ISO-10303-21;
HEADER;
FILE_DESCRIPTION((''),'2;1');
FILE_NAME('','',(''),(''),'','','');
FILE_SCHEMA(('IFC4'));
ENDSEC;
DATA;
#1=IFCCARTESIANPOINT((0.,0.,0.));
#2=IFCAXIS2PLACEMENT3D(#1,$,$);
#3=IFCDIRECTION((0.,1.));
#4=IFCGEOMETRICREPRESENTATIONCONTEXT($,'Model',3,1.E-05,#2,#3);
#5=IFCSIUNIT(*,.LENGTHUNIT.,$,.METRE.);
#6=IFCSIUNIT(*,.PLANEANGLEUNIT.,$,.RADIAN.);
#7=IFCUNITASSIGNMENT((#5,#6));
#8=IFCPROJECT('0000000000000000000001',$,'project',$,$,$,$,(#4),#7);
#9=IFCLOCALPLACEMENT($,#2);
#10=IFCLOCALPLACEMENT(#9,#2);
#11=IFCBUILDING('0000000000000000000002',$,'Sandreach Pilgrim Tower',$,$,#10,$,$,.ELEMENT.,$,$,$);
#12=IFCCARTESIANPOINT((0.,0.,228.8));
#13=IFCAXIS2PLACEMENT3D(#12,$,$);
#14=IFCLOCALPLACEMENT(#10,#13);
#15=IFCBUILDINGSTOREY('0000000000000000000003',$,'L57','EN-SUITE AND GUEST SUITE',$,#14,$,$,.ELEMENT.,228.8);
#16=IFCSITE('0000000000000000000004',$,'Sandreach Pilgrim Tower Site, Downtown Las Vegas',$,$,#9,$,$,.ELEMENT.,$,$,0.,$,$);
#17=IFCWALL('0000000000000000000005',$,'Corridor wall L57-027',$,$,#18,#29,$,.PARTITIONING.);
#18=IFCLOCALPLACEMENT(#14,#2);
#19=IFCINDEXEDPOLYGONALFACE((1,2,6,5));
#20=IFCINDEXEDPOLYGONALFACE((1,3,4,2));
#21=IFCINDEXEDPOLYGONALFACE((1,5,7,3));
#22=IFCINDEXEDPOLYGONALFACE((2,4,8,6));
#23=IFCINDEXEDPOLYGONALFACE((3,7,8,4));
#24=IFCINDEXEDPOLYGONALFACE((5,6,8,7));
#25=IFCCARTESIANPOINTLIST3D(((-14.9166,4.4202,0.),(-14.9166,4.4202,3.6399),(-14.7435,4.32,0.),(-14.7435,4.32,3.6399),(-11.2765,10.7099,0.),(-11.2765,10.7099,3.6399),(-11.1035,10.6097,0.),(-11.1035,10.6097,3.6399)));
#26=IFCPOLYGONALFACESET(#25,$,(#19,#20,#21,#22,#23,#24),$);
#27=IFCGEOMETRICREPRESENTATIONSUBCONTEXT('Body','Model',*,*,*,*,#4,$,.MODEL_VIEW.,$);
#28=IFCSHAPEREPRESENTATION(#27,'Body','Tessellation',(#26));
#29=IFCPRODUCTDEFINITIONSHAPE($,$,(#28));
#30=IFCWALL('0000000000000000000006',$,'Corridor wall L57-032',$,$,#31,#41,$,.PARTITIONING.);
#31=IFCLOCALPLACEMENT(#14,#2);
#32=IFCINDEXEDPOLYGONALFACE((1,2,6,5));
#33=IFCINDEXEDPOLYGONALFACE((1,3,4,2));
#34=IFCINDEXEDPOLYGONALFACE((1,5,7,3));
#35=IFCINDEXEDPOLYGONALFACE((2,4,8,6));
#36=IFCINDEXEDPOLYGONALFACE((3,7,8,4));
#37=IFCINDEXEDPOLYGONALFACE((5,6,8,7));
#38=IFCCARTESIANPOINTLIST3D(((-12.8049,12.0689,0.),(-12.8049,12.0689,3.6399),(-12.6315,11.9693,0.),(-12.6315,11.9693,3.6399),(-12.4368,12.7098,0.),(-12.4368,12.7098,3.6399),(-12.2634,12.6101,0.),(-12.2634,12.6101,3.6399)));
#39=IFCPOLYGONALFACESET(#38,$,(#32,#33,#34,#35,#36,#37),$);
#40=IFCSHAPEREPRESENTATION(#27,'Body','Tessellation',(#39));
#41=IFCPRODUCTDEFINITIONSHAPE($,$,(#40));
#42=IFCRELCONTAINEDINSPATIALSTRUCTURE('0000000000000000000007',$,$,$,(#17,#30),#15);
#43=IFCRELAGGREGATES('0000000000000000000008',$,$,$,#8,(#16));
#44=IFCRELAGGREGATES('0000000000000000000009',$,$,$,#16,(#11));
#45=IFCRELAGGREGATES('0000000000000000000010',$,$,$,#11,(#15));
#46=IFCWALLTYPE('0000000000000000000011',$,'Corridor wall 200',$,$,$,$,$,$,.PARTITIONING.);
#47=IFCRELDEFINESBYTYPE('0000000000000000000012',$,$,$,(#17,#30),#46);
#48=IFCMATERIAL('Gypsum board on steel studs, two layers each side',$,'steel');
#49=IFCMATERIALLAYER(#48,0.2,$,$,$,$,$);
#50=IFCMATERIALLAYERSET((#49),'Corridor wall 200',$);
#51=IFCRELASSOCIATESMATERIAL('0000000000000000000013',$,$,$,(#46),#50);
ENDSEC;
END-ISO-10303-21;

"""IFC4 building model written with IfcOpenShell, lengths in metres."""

from ifc_helpers import new_model, si_unit, direction, frame, frame_2d, origin, place, context, subcontext, project, spatial, rectangle, extrude, material, layer, layer_set, type_object, element, save


model = new_model("IFC4")

# Units and contexts
model_context = context("Model", 3, precision=1e-05, world=origin(), true_north=direction((0.0, 1.0)))
body_context = subcontext(model_context, "Body", "Model", "MODEL_VIEW")
ifc_project = project(units=[si_unit("LENGTHUNIT", "METRE"), si_unit("PLANEANGLEUNIT", "RADIAN")], contexts=[model_context])

# Site, building, storey
site_placement = place(None, origin())
site = spatial("IfcSite", under=ifc_project, at=site_placement, Name="Sandreach Pilgrim Tower Site, Downtown Las Vegas", CompositionType="ELEMENT", RefElevation=0.0)
building_placement = place(site_placement, origin())
building = spatial("IfcBuilding", under=site, at=building_placement, Name="Sandreach Pilgrim Tower", CompositionType="ELEMENT")
storey_placement = place(building_placement, frame((0.0, 0.0, 228.8)))
storey = spatial("IfcBuildingStorey", under=building, at=storey_placement, Name="L57", Description="EN-SUITE AND GUEST SUITE", CompositionType="ELEMENT", Elevation=228.8)

# Shared definitions
ifc_material_1 = material(Name="Gypsum board on steel studs, two layers each side", Category="steel")
ifc_layer_1 = layer(ifc_material_1, 0.2)
ifc_layer_set_1 = layer_set([ifc_layer_1], Name="Corridor wall 200")
wall_type_1 = type_object("IfcWallType", Name="Corridor wall 200", PredefinedType="PARTITIONING", material=ifc_layer_set_1)

# Walls
wall_1_placement = place(storey_placement, frame((-14.8301, 4.3701, 0.0), z_axis=(0.0, 0.0, 1.0), x_axis=(0.5009, 0.865505, 0.0)))
element("IfcWall", 1, at=wall_1_placement, inside=storey, type_object=wall_type_1, Name="Corridor wall L57-027", PredefinedType="PARTITIONING", context=body_context, shape_type="SweptSolid", body=[
    extrude(rectangle(XDim=7.2671, YDim=0.2, at=frame_2d((3.6335, 0.0))), origin(), (0.0, 0.0, 1.0), 3.6399),
])
wall_2_placement = place(storey_placement, frame((-12.7183, 12.019, 0.0), z_axis=(0.0, 0.0, 1.0), x_axis=(0.49813, 0.867103, 0.0)))
element("IfcWall", 2, at=wall_2_placement, inside=storey, type_object=wall_type_1, Name="Corridor wall L57-032", PredefinedType="PARTITIONING", context=body_context, shape_type="SweptSolid", body=[
    extrude(rectangle(XDim=0.739, YDim=0.2, at=frame_2d((0.3696, 0.0))), origin(), (0.0, 0.0, 1.0), 3.6399),
])

save(model, "model.ifc")
